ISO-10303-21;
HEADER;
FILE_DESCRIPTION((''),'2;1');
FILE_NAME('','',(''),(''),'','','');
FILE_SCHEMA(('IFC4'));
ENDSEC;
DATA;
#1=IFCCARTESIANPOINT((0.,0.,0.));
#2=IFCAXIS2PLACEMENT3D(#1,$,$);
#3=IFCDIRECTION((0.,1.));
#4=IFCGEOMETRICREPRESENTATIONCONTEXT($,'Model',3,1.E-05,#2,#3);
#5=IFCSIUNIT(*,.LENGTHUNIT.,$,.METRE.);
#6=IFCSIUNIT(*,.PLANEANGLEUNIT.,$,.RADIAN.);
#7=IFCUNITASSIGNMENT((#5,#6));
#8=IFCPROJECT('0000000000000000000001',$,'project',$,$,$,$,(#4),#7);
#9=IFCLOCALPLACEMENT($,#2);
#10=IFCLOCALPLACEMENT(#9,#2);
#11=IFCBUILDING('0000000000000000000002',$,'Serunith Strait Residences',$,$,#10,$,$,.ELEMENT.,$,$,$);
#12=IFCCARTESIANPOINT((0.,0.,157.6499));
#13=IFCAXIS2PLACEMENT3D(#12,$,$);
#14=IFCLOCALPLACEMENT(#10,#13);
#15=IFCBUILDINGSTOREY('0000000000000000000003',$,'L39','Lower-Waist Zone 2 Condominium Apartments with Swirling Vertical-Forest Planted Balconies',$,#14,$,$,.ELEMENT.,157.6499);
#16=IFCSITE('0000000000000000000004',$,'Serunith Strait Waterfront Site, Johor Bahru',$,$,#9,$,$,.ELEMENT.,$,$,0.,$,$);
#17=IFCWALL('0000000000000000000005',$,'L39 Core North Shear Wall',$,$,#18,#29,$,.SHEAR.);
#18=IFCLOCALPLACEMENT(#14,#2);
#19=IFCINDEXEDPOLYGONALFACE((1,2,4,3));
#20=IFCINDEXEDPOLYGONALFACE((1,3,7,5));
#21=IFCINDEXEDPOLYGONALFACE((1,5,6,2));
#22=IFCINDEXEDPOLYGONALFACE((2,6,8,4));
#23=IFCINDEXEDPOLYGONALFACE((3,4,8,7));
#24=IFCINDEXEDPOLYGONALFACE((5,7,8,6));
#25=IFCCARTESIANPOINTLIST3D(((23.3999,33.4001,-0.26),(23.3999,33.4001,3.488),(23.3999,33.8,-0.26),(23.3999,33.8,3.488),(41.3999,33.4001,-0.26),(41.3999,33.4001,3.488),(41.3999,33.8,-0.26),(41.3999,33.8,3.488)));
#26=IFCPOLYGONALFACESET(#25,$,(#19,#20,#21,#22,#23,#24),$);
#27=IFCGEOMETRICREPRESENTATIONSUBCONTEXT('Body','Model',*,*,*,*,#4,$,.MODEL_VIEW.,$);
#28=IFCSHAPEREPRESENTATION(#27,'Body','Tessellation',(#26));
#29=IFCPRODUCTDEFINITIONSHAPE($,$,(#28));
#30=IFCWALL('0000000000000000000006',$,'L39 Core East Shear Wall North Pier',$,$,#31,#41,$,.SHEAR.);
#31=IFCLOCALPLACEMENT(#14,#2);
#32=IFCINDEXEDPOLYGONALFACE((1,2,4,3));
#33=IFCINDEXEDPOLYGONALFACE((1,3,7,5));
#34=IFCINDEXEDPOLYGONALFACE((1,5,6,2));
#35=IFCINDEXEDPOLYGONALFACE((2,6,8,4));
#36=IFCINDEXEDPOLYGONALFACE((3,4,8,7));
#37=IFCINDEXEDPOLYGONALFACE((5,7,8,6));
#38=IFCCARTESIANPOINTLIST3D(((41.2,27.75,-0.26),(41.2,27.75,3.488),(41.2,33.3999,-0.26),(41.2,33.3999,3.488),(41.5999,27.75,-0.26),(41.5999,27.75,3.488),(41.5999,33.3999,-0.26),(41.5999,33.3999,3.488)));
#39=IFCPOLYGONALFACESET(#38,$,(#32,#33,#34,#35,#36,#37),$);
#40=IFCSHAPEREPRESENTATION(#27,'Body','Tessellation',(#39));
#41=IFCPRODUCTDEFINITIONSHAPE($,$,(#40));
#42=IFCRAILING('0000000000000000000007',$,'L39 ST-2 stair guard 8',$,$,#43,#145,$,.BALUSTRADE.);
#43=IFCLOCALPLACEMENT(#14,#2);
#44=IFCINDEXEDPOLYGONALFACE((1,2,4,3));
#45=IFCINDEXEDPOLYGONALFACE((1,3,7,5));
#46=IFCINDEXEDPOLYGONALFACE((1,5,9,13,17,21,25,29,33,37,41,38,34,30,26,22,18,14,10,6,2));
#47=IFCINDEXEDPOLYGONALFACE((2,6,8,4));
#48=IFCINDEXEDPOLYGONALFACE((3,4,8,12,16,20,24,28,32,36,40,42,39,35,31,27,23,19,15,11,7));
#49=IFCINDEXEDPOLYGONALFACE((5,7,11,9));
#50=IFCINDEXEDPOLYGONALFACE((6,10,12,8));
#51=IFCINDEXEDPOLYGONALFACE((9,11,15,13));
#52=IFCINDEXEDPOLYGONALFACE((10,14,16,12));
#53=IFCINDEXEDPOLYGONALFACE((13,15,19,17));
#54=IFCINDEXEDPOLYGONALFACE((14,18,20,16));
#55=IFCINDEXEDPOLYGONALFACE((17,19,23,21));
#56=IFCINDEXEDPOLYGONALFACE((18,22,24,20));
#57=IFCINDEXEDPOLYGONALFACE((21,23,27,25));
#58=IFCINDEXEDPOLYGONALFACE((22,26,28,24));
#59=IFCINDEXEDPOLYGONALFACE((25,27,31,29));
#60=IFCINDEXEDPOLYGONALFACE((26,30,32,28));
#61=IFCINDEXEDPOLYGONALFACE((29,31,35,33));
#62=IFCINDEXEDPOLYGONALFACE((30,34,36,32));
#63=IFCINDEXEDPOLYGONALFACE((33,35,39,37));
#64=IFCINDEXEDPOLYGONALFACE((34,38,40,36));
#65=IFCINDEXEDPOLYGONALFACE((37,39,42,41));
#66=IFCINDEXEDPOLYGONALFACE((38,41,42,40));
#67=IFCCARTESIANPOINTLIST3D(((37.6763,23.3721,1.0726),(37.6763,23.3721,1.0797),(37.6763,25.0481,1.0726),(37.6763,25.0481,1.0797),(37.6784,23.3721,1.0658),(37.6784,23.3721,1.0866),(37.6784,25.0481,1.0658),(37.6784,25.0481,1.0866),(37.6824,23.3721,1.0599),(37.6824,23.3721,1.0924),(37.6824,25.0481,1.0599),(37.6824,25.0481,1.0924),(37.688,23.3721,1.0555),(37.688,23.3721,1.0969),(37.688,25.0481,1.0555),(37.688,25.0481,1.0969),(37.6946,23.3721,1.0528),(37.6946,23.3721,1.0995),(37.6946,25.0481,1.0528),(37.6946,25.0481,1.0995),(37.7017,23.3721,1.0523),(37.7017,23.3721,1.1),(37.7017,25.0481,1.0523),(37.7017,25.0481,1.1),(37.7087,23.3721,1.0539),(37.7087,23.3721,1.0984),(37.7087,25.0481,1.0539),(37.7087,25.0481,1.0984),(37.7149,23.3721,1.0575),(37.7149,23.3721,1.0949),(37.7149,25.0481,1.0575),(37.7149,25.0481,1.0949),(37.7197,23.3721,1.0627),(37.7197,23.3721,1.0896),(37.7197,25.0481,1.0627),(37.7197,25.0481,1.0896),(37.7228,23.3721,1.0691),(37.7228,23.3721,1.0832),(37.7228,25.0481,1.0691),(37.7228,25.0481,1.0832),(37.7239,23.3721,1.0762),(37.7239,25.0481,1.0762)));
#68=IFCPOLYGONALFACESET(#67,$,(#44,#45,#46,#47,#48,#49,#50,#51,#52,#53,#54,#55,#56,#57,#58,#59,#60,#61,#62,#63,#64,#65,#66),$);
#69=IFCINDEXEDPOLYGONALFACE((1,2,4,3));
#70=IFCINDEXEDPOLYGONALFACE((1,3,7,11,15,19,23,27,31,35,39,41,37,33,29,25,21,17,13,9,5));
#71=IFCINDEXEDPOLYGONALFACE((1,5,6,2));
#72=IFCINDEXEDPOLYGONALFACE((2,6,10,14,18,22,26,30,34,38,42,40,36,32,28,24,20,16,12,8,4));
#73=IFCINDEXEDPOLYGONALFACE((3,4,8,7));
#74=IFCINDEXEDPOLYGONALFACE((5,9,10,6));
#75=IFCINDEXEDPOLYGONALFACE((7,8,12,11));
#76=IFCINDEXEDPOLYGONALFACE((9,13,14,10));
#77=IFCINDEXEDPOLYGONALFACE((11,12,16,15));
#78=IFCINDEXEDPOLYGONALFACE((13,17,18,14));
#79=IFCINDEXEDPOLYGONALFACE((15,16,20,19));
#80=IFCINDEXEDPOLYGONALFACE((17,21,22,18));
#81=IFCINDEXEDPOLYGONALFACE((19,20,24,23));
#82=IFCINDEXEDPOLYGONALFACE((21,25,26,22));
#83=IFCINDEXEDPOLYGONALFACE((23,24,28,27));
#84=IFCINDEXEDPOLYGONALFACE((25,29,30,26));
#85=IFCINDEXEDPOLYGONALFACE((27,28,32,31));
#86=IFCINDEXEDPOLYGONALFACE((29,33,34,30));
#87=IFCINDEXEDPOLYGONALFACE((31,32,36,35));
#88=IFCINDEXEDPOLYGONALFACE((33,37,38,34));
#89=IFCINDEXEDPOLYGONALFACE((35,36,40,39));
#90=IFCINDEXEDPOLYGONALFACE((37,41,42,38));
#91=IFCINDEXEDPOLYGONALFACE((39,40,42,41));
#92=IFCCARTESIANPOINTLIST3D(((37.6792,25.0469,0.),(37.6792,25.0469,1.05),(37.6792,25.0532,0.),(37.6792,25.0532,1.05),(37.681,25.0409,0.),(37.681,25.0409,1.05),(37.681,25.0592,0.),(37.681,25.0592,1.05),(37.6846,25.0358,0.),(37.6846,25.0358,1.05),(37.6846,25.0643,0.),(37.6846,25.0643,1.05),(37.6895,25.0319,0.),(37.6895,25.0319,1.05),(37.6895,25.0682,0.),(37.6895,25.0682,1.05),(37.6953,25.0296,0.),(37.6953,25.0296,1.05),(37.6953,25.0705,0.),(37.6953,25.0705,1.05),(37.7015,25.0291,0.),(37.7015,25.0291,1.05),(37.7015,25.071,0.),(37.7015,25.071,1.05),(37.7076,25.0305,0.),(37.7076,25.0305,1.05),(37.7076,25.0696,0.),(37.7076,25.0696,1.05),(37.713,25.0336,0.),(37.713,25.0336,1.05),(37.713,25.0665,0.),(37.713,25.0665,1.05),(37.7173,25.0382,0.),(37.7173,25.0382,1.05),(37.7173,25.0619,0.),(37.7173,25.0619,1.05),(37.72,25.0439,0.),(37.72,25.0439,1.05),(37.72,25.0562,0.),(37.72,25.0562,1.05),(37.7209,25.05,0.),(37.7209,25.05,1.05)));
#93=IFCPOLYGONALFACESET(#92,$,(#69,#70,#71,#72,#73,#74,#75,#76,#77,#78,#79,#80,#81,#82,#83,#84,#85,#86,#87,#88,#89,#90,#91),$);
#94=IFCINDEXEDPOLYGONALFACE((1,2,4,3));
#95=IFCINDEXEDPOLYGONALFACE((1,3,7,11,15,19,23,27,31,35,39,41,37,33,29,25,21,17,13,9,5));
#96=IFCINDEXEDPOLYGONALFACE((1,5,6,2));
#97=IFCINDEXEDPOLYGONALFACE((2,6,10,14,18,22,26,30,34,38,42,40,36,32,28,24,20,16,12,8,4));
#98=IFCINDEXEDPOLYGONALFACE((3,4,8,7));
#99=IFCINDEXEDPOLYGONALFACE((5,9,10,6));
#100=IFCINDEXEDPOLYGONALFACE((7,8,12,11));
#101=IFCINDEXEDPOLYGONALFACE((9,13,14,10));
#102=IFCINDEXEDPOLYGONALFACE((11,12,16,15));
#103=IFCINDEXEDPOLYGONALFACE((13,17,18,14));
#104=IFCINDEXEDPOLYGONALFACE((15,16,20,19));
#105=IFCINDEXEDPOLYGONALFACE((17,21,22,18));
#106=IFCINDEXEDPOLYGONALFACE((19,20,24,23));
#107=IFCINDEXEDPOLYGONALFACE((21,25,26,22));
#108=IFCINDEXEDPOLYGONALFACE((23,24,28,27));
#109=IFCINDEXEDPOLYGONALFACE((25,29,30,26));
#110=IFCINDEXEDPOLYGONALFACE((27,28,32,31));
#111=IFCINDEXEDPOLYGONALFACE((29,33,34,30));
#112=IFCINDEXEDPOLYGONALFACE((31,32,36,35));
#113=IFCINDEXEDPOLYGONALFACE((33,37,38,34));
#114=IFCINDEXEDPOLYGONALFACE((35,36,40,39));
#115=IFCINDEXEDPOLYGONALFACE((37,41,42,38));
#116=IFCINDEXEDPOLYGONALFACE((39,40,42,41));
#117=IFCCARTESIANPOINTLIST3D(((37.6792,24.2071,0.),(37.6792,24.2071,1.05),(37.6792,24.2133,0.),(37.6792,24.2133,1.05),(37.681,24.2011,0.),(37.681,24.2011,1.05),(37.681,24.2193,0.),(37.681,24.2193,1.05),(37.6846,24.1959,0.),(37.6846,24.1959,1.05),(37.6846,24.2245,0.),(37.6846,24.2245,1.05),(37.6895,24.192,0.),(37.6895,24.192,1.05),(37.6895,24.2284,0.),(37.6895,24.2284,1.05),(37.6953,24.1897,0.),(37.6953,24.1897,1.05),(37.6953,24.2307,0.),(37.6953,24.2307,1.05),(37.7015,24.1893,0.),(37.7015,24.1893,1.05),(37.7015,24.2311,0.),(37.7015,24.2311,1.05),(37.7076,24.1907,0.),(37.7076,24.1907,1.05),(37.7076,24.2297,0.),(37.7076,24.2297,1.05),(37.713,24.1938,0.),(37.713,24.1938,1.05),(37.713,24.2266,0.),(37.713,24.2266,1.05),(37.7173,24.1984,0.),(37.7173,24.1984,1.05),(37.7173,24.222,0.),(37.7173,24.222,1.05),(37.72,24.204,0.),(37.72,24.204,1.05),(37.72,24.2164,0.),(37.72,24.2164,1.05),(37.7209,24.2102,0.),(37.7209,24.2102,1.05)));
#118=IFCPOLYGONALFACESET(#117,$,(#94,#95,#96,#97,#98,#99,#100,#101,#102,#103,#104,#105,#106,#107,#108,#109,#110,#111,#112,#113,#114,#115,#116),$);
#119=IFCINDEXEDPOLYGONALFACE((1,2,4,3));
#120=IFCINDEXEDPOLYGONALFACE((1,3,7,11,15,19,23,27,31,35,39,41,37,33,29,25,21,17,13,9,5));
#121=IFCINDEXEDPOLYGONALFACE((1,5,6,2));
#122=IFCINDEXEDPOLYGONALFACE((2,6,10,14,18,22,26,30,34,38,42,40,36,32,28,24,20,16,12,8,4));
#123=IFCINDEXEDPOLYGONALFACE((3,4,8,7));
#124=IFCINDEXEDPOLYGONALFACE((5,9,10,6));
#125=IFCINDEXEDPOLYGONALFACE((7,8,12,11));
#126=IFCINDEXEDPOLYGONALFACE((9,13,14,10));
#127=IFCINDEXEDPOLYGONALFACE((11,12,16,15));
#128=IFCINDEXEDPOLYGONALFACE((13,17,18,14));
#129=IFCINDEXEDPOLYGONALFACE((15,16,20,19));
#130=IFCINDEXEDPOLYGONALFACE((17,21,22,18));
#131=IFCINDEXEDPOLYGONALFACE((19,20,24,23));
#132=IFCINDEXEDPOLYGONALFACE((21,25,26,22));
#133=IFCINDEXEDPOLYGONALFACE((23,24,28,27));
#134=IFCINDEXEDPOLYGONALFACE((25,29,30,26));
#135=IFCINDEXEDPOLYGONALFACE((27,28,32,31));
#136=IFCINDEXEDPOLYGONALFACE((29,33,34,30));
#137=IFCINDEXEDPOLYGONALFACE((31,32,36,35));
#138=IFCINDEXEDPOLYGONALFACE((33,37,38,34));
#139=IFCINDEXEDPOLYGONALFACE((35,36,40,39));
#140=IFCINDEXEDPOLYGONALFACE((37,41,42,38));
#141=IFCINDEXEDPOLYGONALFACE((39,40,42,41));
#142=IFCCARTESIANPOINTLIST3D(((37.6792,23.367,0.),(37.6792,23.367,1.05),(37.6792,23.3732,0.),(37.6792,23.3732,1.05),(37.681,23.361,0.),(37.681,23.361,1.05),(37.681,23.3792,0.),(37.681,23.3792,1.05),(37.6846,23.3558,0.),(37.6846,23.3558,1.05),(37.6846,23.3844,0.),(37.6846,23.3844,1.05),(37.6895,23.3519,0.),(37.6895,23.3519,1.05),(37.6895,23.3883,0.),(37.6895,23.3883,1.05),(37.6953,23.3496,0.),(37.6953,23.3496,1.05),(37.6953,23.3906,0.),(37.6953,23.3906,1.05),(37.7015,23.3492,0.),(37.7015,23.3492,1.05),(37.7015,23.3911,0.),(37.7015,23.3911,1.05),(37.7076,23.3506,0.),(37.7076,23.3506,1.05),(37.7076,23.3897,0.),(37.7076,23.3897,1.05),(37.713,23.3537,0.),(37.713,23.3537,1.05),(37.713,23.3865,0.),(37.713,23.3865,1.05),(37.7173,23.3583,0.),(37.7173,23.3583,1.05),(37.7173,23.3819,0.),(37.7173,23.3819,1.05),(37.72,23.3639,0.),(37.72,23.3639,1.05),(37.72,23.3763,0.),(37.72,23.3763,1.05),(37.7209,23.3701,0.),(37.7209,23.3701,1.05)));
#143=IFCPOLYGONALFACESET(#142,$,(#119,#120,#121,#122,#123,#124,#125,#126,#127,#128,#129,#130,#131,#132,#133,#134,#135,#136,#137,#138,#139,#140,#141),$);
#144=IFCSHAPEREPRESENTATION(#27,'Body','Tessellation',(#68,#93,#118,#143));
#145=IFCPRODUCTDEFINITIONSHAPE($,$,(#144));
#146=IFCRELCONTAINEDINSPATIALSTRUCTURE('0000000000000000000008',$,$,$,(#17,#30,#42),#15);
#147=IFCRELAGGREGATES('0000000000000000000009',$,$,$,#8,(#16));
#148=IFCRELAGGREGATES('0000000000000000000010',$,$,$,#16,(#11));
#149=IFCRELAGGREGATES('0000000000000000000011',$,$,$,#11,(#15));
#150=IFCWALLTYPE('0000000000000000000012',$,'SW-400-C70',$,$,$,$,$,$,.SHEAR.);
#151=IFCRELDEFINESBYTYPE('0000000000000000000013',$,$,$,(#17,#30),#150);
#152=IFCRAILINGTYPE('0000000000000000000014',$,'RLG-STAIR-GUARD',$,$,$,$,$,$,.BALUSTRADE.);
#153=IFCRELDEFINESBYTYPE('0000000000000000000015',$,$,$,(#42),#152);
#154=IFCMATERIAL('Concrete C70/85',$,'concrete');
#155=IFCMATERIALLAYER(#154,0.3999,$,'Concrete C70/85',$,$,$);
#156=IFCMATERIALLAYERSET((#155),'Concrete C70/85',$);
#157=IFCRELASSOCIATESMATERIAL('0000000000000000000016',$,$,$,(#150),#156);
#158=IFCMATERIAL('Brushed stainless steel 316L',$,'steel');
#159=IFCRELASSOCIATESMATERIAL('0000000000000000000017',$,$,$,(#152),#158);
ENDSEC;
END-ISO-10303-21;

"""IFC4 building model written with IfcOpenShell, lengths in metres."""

from ifc_helpers import new_model, si_unit, direction, frame, frame_2d, origin, origin_2d, place, context, subcontext, project, spatial, rectangle, circle, extrude, material, layer, layer_set, type_object, element, save


model = new_model("IFC4")

# Units and contexts
model_context = context("Model", 3, precision=1e-05, world=origin(), true_north=direction((0.0, 1.0)))
body_context = subcontext(model_context, "Body", "Model", "MODEL_VIEW")
ifc_project = project(units=[si_unit("LENGTHUNIT", "METRE"), si_unit("PLANEANGLEUNIT", "RADIAN")], contexts=[model_context])

# Site, building, storey
site_placement = place(None, origin())
site = spatial("IfcSite", under=ifc_project, at=site_placement, Name="Serunith Strait Waterfront Site, Johor Bahru", CompositionType="ELEMENT", RefElevation=0.0)
building_placement = place(site_placement, origin())
building = spatial("IfcBuilding", under=site, at=building_placement, Name="Serunith Strait Residences", CompositionType="ELEMENT")
storey_placement = place(building_placement, frame((0.0, 0.0, 157.6499)))
storey = spatial("IfcBuildingStorey", under=building, at=storey_placement, Name="L39", Description="Lower-Waist Zone 2 Condominium Apartments with Swirling Vertical-Forest Planted Balconies", CompositionType="ELEMENT", Elevation=157.6499)

# Walls
ifc_material_1 = material(Name="Concrete C70/85", Category="concrete")
ifc_layer_1 = layer(ifc_material_1, 0.3999, Name="Concrete C70/85")
ifc_layer_set_1 = layer_set([ifc_layer_1], Name="Concrete C70/85")
wall_type_1 = type_object("IfcWallType", Name="SW-400-C70", PredefinedType="SHEAR", material=ifc_layer_set_1)
wall_1_placement = place(storey_placement, frame((41.3999, 33.6001, -0.26), z_axis=(0.0, 0.0, 1.0), x_axis=(-1.0, 0.0, 0.0)))
element("IfcWall", 1, at=wall_1_placement, inside=storey, type_object=wall_type_1, Name="L39 Core North Shear Wall", PredefinedType="SHEAR", context=body_context, shape_type="SweptSolid", body=[
    extrude(rectangle(XDim=18.0, YDim=0.3999, at=frame_2d((9.0, 0.0))), origin(), (0.0, 0.0, 1.0), 3.748),
])
wall_2_placement = place(storey_placement, frame((41.3999, 27.75, -0.26), z_axis=(0.0, 0.0, 1.0), x_axis=(0.0, 1.0, 0.0)))
element("IfcWall", 2, at=wall_2_placement, inside=storey, type_object=wall_type_1, Name="L39 Core East Shear Wall North Pier", PredefinedType="SHEAR", context=body_context, shape_type="SweptSolid", body=[
    extrude(rectangle(XDim=5.6499, YDim=0.3999, at=frame_2d((2.825, 0.0))), origin(), (0.0, 0.0, 1.0), 3.748),
])

# Railing
ifc_material_2 = material(Name="Brushed stainless steel 316L", Category="steel")
railing_type = type_object("IfcRailingType", Name="RLG-STAIR-GUARD", PredefinedType="BALUSTRADE", material=ifc_material_2)
for number, where, name in (
    (3, (37.7, 25.05, 0.0), "L39 ST-2 stair guard 8"),
):
    element("IfcRailing", number, at=place(storey_placement, frame(where)), inside=storey, type_object=railing_type, Name=name, PredefinedType="BALUSTRADE", context=body_context, shape_type="SweptSolid", body=[
        extrude(circle(Radius=0.0239, at=origin_2d()), frame((0.0, -0.002, 1.0762), z_axis=(0.0, -1.0, 0.0), x_axis=(1.0, 0.0, 0.0)), (0.0, 0.0, 1.0), 1.676),
        extrude(circle(Radius=0.021, at=origin_2d()), origin(), (0.0, 0.0, 1.0), 1.05),
        extrude(circle(Radius=0.021, at=origin_2d()), frame((0.0, -0.8398, 0.0)), (0.0, 0.0, 1.0), 1.05),
        extrude(circle(Radius=0.021, at=origin_2d()), frame((0.0, -1.6799, 0.0)), (0.0, 0.0, 1.0), 1.05),
    ])

save(model, "model.ifc")
